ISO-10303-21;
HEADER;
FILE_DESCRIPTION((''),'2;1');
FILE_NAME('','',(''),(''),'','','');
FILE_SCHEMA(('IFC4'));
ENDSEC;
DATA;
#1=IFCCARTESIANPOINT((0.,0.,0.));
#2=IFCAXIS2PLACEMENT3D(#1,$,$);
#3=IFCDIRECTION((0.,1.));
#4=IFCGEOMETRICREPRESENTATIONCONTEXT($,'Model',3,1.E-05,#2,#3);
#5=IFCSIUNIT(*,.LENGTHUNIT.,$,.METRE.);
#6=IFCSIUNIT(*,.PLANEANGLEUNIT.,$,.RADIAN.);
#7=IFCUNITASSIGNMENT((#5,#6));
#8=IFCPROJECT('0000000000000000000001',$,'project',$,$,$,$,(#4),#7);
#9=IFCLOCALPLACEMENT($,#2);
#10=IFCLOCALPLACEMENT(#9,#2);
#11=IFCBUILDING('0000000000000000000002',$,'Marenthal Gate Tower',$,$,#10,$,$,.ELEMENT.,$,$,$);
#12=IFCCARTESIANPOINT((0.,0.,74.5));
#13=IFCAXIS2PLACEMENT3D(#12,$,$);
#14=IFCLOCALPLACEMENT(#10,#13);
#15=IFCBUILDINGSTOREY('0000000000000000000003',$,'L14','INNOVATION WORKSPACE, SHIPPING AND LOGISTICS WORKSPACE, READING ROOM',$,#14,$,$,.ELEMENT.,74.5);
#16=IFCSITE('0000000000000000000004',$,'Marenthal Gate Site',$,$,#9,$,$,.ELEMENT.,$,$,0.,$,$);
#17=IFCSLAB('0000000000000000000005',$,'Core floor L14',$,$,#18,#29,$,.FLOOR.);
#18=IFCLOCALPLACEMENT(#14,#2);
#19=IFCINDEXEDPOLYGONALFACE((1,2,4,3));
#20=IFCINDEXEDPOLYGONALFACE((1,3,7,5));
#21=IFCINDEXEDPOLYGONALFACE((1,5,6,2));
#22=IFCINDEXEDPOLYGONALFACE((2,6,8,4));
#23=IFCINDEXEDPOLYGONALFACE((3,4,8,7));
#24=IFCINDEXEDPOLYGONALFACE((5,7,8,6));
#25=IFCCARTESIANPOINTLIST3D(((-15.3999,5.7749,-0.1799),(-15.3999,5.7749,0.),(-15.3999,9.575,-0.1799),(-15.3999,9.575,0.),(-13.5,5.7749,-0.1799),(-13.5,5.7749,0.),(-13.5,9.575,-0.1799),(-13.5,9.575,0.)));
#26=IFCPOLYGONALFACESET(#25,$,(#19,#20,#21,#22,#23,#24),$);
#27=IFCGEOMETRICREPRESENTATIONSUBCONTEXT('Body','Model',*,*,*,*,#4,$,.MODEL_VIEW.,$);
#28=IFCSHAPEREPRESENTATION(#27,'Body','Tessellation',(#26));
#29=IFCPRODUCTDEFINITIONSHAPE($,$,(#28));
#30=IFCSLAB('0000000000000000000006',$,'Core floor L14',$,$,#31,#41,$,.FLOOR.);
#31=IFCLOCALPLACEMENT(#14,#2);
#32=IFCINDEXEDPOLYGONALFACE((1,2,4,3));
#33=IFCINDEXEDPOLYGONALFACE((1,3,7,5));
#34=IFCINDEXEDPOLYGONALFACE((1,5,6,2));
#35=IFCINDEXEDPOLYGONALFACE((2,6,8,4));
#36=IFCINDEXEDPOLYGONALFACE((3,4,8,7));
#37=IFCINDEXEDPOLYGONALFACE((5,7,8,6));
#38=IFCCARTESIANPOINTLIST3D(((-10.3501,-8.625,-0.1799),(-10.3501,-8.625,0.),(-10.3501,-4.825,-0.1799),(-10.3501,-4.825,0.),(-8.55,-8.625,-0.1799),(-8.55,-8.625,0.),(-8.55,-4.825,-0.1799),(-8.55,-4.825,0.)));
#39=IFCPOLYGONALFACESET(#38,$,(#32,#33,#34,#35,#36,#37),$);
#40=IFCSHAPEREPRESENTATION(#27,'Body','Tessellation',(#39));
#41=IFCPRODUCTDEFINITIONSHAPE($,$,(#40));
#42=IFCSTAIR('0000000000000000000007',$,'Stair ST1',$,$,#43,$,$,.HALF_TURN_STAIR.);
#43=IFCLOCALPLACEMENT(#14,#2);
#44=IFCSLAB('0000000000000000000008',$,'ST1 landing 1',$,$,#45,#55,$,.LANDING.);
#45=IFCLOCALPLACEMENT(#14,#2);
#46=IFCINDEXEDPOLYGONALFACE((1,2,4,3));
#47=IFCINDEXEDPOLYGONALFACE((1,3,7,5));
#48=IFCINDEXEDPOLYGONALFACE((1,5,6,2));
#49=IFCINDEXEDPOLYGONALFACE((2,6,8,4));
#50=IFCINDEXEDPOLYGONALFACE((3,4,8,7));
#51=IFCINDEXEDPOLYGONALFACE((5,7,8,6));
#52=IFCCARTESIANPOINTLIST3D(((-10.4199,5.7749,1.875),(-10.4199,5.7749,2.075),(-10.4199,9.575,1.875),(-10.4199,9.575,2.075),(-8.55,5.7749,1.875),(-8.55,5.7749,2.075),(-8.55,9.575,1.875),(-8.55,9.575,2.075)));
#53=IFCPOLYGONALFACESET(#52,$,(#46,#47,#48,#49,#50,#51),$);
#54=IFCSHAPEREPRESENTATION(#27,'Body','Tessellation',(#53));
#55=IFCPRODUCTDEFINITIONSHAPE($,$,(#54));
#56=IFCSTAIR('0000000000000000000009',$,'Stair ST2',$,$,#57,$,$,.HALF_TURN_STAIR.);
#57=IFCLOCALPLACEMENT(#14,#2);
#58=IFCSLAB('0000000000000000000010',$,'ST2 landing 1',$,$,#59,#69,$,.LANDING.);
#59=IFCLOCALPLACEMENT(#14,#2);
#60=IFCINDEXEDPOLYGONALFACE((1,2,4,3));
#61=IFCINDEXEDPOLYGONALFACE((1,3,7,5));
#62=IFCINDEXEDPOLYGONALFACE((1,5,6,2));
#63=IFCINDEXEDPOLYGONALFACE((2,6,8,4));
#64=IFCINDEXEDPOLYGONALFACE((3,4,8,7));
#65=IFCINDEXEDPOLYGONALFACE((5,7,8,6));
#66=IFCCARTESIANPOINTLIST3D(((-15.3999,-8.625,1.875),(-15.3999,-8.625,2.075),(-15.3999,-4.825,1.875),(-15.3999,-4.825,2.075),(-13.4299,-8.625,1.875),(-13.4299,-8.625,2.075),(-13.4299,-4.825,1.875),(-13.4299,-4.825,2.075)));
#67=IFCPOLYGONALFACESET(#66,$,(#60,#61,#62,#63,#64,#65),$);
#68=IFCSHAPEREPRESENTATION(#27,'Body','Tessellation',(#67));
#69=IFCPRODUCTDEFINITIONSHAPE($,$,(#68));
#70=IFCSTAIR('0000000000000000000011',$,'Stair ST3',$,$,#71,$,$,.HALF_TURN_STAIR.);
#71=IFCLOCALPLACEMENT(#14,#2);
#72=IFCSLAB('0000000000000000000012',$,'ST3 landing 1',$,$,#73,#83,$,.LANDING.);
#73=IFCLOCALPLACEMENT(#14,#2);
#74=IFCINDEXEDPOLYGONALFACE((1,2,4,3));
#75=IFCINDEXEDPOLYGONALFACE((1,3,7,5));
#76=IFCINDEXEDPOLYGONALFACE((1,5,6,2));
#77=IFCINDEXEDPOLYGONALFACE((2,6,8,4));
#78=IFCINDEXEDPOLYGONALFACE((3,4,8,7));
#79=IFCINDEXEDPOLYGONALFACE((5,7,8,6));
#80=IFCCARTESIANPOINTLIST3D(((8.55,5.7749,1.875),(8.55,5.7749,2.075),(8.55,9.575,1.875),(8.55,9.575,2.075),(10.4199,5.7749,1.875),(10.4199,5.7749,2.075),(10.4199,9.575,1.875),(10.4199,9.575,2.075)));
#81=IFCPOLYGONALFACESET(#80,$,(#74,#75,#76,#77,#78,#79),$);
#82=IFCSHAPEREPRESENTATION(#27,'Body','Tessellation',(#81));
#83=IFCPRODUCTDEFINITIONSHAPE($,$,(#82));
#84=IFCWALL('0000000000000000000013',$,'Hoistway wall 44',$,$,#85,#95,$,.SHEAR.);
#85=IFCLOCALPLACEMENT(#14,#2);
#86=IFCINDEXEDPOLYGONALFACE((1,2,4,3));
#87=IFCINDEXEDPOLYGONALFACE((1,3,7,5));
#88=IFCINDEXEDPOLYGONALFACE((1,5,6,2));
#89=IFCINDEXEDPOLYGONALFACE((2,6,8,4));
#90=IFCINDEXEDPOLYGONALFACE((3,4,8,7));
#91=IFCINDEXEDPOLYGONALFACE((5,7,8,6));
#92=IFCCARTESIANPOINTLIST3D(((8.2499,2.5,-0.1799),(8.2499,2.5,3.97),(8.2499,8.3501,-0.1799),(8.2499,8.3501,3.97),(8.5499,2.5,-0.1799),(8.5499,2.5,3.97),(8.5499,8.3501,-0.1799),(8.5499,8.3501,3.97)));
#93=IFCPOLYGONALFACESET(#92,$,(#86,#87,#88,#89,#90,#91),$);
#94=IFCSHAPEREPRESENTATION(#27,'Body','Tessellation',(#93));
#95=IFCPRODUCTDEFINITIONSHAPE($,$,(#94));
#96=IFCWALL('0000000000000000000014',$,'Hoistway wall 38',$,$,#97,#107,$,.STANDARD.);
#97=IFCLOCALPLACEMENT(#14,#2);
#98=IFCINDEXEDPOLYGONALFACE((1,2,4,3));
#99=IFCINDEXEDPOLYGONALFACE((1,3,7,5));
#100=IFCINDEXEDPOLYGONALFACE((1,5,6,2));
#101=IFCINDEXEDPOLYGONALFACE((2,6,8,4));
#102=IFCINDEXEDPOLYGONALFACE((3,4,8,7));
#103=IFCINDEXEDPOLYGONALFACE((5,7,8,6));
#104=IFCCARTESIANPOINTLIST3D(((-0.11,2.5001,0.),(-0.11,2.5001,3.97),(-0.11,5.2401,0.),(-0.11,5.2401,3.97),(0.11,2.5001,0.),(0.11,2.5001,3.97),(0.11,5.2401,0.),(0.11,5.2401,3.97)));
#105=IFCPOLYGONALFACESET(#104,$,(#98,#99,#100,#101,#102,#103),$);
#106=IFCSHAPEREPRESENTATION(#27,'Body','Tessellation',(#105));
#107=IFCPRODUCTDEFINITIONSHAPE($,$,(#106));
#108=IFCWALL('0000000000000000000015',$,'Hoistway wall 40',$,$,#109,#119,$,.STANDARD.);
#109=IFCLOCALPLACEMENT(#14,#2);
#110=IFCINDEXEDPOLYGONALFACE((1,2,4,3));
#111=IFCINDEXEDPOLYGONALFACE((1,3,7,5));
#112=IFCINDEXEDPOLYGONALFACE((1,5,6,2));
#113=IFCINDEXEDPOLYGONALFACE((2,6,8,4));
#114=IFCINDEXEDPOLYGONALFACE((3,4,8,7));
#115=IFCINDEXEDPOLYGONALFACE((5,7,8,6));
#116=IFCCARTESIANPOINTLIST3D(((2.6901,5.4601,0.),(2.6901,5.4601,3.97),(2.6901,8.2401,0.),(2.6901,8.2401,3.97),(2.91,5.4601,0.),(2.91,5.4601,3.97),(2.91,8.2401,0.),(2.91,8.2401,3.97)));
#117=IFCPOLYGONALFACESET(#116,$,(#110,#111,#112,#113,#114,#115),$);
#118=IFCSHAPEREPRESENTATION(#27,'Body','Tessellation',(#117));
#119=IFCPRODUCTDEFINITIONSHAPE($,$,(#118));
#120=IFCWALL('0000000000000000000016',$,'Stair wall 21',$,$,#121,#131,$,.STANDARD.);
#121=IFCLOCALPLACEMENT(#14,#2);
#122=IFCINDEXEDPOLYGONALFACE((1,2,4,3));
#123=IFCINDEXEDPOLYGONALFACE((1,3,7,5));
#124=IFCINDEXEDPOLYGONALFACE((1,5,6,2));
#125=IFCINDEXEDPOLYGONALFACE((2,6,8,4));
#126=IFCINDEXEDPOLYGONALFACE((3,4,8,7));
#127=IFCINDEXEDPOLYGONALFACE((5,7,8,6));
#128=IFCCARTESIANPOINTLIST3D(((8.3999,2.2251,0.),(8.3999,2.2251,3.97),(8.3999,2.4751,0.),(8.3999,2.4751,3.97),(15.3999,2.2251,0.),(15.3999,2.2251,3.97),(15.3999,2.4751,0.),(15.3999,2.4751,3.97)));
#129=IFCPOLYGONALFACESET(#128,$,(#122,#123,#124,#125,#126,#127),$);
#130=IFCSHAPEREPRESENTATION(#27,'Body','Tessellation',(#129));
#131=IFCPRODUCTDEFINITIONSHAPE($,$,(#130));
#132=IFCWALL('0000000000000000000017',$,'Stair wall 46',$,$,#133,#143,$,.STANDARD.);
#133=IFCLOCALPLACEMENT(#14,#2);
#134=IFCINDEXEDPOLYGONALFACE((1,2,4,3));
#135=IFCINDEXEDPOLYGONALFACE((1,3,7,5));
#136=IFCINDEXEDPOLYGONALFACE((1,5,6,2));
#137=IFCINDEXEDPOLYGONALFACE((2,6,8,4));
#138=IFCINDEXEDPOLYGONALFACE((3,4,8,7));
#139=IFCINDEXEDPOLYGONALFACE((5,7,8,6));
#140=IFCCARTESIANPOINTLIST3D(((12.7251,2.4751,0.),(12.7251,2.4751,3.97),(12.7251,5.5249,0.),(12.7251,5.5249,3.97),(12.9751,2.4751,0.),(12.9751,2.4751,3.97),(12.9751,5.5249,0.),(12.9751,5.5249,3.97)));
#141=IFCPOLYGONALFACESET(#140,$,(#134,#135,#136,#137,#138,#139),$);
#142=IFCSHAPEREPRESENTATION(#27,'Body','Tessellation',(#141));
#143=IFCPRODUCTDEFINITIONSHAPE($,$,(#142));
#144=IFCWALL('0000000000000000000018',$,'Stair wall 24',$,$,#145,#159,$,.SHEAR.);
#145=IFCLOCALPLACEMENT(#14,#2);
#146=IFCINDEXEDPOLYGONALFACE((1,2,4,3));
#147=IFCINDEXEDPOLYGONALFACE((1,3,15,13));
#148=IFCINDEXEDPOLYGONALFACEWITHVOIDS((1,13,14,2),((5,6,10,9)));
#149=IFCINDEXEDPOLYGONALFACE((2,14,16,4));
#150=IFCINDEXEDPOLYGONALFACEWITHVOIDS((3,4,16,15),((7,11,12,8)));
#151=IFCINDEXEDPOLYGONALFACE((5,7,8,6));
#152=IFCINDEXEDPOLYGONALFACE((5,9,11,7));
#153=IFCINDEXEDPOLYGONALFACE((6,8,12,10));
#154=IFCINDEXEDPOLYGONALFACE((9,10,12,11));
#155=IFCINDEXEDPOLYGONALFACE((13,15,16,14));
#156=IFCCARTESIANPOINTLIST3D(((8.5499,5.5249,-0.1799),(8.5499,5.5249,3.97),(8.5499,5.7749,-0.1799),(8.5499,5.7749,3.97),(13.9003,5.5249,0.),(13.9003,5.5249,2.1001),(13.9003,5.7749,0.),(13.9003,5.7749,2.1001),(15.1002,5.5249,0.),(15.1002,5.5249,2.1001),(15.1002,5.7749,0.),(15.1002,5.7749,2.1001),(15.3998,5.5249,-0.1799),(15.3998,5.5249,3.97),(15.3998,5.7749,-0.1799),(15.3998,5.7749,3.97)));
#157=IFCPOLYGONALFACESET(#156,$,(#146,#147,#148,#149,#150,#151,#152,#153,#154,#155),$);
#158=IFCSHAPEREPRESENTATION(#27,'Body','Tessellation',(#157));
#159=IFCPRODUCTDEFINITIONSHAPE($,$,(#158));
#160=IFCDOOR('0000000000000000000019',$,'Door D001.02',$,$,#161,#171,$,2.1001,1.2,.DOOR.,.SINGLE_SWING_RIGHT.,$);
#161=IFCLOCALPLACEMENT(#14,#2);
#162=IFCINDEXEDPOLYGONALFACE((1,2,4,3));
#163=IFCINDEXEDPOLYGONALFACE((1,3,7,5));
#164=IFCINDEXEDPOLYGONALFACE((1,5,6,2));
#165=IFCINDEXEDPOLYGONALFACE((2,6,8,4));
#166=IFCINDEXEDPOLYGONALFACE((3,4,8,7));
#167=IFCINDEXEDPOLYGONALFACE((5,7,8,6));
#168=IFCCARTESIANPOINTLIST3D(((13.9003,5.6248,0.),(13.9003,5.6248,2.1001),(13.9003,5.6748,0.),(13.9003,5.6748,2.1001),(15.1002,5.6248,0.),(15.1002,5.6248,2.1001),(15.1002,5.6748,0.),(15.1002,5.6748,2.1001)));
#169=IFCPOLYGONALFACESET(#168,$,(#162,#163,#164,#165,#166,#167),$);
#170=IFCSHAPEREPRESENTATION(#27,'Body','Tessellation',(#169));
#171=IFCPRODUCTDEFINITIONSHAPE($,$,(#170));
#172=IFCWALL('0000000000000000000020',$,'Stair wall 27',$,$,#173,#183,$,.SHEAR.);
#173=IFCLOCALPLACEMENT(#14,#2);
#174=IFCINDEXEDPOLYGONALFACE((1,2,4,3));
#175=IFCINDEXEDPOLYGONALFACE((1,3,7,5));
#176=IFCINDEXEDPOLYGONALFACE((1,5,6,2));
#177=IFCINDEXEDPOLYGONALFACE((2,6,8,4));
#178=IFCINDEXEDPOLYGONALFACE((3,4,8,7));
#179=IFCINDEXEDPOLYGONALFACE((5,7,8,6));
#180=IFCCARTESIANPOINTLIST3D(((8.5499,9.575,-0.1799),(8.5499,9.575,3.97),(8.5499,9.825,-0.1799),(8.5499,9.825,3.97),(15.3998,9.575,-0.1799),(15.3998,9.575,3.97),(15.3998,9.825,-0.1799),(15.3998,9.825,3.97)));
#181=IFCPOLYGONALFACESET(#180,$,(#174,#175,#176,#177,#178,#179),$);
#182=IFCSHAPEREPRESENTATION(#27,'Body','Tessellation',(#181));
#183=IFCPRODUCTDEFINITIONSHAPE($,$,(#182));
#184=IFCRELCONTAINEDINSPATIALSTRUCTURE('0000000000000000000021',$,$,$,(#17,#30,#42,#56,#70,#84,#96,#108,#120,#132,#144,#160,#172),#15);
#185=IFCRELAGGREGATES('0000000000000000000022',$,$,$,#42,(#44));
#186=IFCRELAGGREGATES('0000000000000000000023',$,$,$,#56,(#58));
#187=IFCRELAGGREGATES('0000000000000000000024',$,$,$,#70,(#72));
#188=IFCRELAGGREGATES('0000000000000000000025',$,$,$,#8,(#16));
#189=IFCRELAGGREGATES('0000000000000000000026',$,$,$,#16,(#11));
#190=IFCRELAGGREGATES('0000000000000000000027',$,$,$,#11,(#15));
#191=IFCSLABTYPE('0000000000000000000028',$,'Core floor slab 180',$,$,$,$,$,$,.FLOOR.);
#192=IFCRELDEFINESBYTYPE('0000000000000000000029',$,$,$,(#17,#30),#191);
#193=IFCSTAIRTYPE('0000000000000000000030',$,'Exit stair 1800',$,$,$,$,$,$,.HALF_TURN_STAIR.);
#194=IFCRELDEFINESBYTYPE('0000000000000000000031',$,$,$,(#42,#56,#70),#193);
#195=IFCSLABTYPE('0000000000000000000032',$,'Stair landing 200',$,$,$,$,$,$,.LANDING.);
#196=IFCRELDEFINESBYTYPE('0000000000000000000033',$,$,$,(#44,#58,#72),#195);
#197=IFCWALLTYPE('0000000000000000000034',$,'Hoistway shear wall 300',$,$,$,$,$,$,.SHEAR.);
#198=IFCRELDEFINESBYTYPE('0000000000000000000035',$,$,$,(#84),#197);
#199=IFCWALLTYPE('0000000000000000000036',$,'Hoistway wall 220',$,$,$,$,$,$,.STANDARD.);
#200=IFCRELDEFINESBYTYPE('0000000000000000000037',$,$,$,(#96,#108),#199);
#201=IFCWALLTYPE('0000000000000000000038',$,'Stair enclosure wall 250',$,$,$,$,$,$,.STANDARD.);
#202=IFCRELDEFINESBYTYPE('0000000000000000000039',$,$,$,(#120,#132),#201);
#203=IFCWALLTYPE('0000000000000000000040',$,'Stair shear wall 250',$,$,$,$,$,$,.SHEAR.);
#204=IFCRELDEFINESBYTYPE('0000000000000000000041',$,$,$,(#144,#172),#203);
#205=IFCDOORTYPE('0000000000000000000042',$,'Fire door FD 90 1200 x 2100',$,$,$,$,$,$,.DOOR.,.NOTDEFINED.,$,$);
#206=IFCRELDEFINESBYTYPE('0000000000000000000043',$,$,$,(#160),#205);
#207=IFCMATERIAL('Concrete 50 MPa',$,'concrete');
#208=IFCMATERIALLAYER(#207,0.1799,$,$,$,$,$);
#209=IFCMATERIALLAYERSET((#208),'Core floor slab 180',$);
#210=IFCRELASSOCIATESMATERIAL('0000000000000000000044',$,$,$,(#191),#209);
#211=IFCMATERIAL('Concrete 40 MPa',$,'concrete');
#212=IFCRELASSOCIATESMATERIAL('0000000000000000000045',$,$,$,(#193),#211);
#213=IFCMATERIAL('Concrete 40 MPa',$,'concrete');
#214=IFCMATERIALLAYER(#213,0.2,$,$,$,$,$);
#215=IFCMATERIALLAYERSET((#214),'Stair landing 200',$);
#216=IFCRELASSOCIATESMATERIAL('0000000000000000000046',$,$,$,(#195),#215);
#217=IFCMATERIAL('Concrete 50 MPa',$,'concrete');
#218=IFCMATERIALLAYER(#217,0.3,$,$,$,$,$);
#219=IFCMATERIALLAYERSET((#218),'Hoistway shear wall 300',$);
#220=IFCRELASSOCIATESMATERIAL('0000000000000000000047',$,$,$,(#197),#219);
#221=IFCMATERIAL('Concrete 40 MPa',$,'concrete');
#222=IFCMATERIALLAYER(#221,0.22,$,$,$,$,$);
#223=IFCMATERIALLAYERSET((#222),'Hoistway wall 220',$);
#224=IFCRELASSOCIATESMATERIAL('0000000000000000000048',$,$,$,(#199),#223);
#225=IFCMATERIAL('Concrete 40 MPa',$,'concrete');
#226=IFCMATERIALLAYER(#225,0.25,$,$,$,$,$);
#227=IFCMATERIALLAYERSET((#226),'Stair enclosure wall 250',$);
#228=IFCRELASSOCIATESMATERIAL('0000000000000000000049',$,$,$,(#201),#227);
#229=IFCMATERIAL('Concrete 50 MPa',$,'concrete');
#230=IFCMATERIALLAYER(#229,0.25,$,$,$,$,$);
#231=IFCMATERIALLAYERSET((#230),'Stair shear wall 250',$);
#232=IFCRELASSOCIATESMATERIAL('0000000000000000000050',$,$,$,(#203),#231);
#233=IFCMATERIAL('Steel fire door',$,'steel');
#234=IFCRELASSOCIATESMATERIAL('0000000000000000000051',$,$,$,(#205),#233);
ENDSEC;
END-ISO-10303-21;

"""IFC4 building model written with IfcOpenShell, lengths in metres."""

from ifc_helpers import new_model, si_unit, direction, frame, frame_2d, origin, place, context, subcontext, project, spatial, polyline, rectangle, outline, extrude, material, layer, layer_set, type_object, element, fill, aggregate, save


model = new_model("IFC4")

# Units and contexts
model_context = context("Model", 3, precision=1e-05, world=origin(), true_north=direction((0.0, 1.0)))
body_context = subcontext(model_context, "Body", "Model", "MODEL_VIEW")
ifc_project = project(units=[si_unit("LENGTHUNIT", "METRE"), si_unit("PLANEANGLEUNIT", "RADIAN")], contexts=[model_context])

# Site, building, storey
site_placement = place(None, origin())
site = spatial("IfcSite", under=ifc_project, at=site_placement, Name="Marenthal Gate Site", CompositionType="ELEMENT", RefElevation=0.0)
building_placement = place(site_placement, origin())
building = spatial("IfcBuilding", under=site, at=building_placement, Name="Marenthal Gate Tower", CompositionType="ELEMENT")
storey_placement = place(building_placement, frame((0.0, 0.0, 74.5)))
storey = spatial("IfcBuildingStorey", under=building, at=storey_placement, Name="L14", Description="INNOVATION WORKSPACE, SHIPPING AND LOGISTICS WORKSPACE, READING ROOM", CompositionType="ELEMENT", Elevation=74.5)

# Slabs
ifc_material_1 = material(Name="Concrete 50 MPa", Category="concrete")
ifc_layer_1 = layer(ifc_material_1, 0.1799)
ifc_layer_set_1 = layer_set([ifc_layer_1], Name="Core floor slab 180")
slab_type_1 = type_object("IfcSlabType", Name="Core floor slab 180", PredefinedType="FLOOR", material=ifc_layer_set_1)
slab_1_placement = place(storey_placement, frame((0.0, 0.0, -0.1799)))
element("IfcSlab", 1, at=slab_1_placement, inside=storey, type_object=slab_type_1, Name="Core floor L14", PredefinedType="FLOOR", context=body_context, shape_type="SweptSolid", body=[
    extrude(outline(polyline([(-15.3999, 9.575), (-13.5, 9.575), (-13.5, 5.7749), (-15.3999, 5.7749), (-15.3999, 9.575)])), origin(), (0.0, 0.0, 1.0), 0.1799),
])
slab_2_placement = place(storey_placement, frame((0.0, 0.0, -0.1799)))
element("IfcSlab", 2, at=slab_2_placement, inside=storey, type_object=slab_type_1, Name="Core floor L14", PredefinedType="FLOOR", context=body_context, shape_type="SweptSolid", body=[
    extrude(outline(polyline([(-8.55, -8.625), (-10.3501, -8.625), (-10.3501, -4.825), (-8.55, -4.825), (-8.55, -8.625)])), origin(), (0.0, 0.0, 1.0), 0.1799),
])

# Stairs, slabs
ifc_material_2 = material(Name="Concrete 40 MPa", Category="concrete")
stair_type = type_object("IfcStairType", Name="Exit stair 1800", PredefinedType="HALF_TURN_STAIR", material=ifc_material_2)
stair_1_placement = place(storey_placement, origin())
stair_1 = element("IfcStair", 3, at=stair_1_placement, inside=storey, type_object=stair_type, Name="Stair ST1", PredefinedType="HALF_TURN_STAIR")
ifc_material_3 = material(Name="Concrete 40 MPa", Category="concrete")
ifc_layer_2 = layer(ifc_material_3, 0.2)
ifc_layer_set_2 = layer_set([ifc_layer_2], Name="Stair landing 200")
slab_type_2 = type_object("IfcSlabType", Name="Stair landing 200", PredefinedType="LANDING", material=ifc_layer_set_2)
slab_3_placement = place(storey_placement, frame((0.0, 0.0, 1.875)))
slab_3 = element("IfcSlab", 4, at=slab_3_placement, type_object=slab_type_2, Name="ST1 landing 1", PredefinedType="LANDING", context=body_context, shape_type="SweptSolid", body=[
    extrude(outline(polyline([(-10.4199, 5.7749), (-8.55, 5.7749), (-8.55, 9.575), (-10.4199, 9.575), (-10.4199, 5.7749)])), origin(), (0.0, 0.0, 1.0), 0.2),
])
aggregate(stair_1, [slab_3])
stair_2_placement = place(storey_placement, origin())
stair_2 = element("IfcStair", 5, at=stair_2_placement, inside=storey, type_object=stair_type, Name="Stair ST2", PredefinedType="HALF_TURN_STAIR")
slab_4_placement = place(storey_placement, frame((0.0, 0.0, 1.875)))
slab_4 = element("IfcSlab", 6, at=slab_4_placement, type_object=slab_type_2, Name="ST2 landing 1", PredefinedType="LANDING", context=body_context, shape_type="SweptSolid", body=[
    extrude(outline(polyline([(-15.3999, -8.625), (-13.4299, -8.625), (-13.4299, -4.825), (-15.3999, -4.825), (-15.3999, -8.625)])), origin(), (0.0, 0.0, 1.0), 0.2),
])
aggregate(stair_2, [slab_4])
stair_3_placement = place(storey_placement, origin())
stair_3 = element("IfcStair", 7, at=stair_3_placement, inside=storey, type_object=stair_type, Name="Stair ST3", PredefinedType="HALF_TURN_STAIR")
slab_5_placement = place(storey_placement, frame((0.0, 0.0, 1.875)))
slab_5 = element("IfcSlab", 8, at=slab_5_placement, type_object=slab_type_2, Name="ST3 landing 1", PredefinedType="LANDING", context=body_context, shape_type="SweptSolid", body=[
    extrude(outline(polyline([(8.55, 5.7749), (10.4199, 5.7749), (10.4199, 9.575), (8.55, 9.575), (8.55, 5.7749)])), origin(), (0.0, 0.0, 1.0), 0.2),
])

# Walls
ifc_material_4 = material(Name="Concrete 50 MPa", Category="concrete")
ifc_layer_3 = layer(ifc_material_4, 0.3)
ifc_layer_set_3 = layer_set([ifc_layer_3], Name="Hoistway shear wall 300")
wall_type_1 = type_object("IfcWallType", Name="Hoistway shear wall 300", PredefinedType="SHEAR", material=ifc_layer_set_3)
wall_1_placement = place(storey_placement, frame((8.3999, 2.5, -0.1799), z_axis=(0.0, 0.0, 1.0), x_axis=(0.0, 1.0, 0.0)))
element("IfcWall", 9, at=wall_1_placement, inside=storey, type_object=wall_type_1, Name="Hoistway wall 44", PredefinedType="SHEAR", context=body_context, shape_type="SweptSolid", body=[
    extrude(rectangle(XDim=5.8501, YDim=0.3, at=frame_2d((2.925, 0.0))), origin(), (0.0, 0.0, 1.0), 4.1499),
])
ifc_material_5 = material(Name="Concrete 40 MPa", Category="concrete")
ifc_layer_4 = layer(ifc_material_5, 0.22)
ifc_layer_set_4 = layer_set([ifc_layer_4], Name="Hoistway wall 220")
wall_type_2 = type_object("IfcWallType", Name="Hoistway wall 220", PredefinedType="STANDARD", material=ifc_layer_set_4)
wall_2_placement = place(storey_placement, frame((0.0, 2.5, 0.0), z_axis=(0.0, 0.0, 1.0), x_axis=(0.0, 1.0, 0.0)))
element("IfcWall", 10, at=wall_2_placement, inside=storey, type_object=wall_type_2, Name="Hoistway wall 38", PredefinedType="STANDARD", context=body_context, shape_type="SweptSolid", body=[
    extrude(rectangle(XDim=2.74, YDim=0.22, at=frame_2d((1.3701, 0.0))), origin(), (0.0, 0.0, 1.0), 3.97),
])
wall_3_placement = place(storey_placement, frame((2.8, 5.46, 0.0), z_axis=(0.0, 0.0, 1.0), x_axis=(0.0, 1.0, 0.0)))
element("IfcWall", 11, at=wall_3_placement, inside=storey, type_object=wall_type_2, Name="Hoistway wall 40", PredefinedType="STANDARD", context=body_context, shape_type="SweptSolid", body=[
    extrude(rectangle(XDim=2.78, YDim=0.22, at=frame_2d((1.3901, 0.0))), origin(), (0.0, 0.0, 1.0), 3.97),
])
ifc_material_6 = material(Name="Concrete 40 MPa", Category="concrete")
ifc_layer_5 = layer(ifc_material_6, 0.25)
ifc_layer_set_5 = layer_set([ifc_layer_5], Name="Stair enclosure wall 250")
wall_type_3 = type_object("IfcWallType", Name="Stair enclosure wall 250", PredefinedType="STANDARD", material=ifc_layer_set_5)
wall_4_placement = place(storey_placement, frame((8.3999, 2.3501, 0.0), z_axis=(0.0, 0.0, 1.0), x_axis=(1.0, 0.0, 0.0)))
element("IfcWall", 12, at=wall_4_placement, inside=storey, type_object=wall_type_3, Name="Stair wall 21", PredefinedType="STANDARD", context=body_context, shape_type="SweptSolid", body=[
    extrude(rectangle(XDim=7.0, YDim=0.25, at=frame_2d((3.5, 0.0))), origin(), (0.0, 0.0, 1.0), 3.97),
])
wall_5_placement = place(storey_placement, frame((12.8501, 2.4751, 0.0), z_axis=(0.0, 0.0, 1.0), x_axis=(0.0, 1.0, 0.0)))
element("IfcWall", 13, at=wall_5_placement, inside=storey, type_object=wall_type_3, Name="Stair wall 46", PredefinedType="STANDARD", context=body_context, shape_type="SweptSolid", body=[
    extrude(rectangle(XDim=3.0498, YDim=0.25, at=frame_2d((1.5249, 0.0))), origin(), (0.0, 0.0, 1.0), 3.97),
])

# Wall, opening, door
ifc_material_7 = material(Name="Concrete 50 MPa", Category="concrete")
ifc_layer_6 = layer(ifc_material_7, 0.25)
ifc_layer_set_6 = layer_set([ifc_layer_6], Name="Stair shear wall 250")
wall_type_4 = type_object("IfcWallType", Name="Stair shear wall 250", PredefinedType="SHEAR", material=ifc_layer_set_6)
wall_6_placement = place(storey_placement, frame((8.55, 5.6499, -0.1799), z_axis=(0.0, 0.0, 1.0), x_axis=(1.0, 0.0, 0.0)))
wall_6 = element("IfcWall", 14, at=wall_6_placement, inside=storey, type_object=wall_type_4, Name="Stair wall 24", PredefinedType="SHEAR", context=body_context, shape_type="SweptSolid", body=[
    extrude(rectangle(XDim=6.8499, YDim=0.25, at=frame_2d((3.4248, 0.0))), origin(), (0.0, 0.0, 1.0), 4.1499),
])
opening_placement = place(wall_6_placement, frame((5.3501, 0.0, 0.1799)))
opening = element("IfcOpeningElement", 15, at=opening_placement, cuts=wall_6, PredefinedType="OPENING", context=body_context, shape_type="SweptSolid", body=[
    extrude(rectangle(XDim=1.2, YDim=2.1001, at=frame_2d((0.6001, 1.05))), frame((0.0, 0.135, 0.0), z_axis=(0.0, -1.0, 0.0), x_axis=(1.0, 0.0, 0.0)), (0.0, 0.0, 1.0), 0.27),
])
ifc_material_8 = material(Name="Steel fire door", Category="steel")
door_type = type_object("IfcDoorType", Name="Fire door FD 90 1200 x 2100", OperationType="NOTDEFINED", PredefinedType="DOOR", material=ifc_material_8)
door_placement = place(opening_placement, origin())
door = element("IfcDoor", 16, at=door_placement, inside=storey, type_object=door_type, Name="Door D001.02", OperationType="SINGLE_SWING_RIGHT", OverallHeight=2.1001, OverallWidth=1.2, PredefinedType="DOOR", context=body_context, shape_type="SweptSolid", body=[
    extrude(rectangle(XDim=1.2, YDim=2.1001, at=frame_2d((0.6001, 1.05))), frame((0.0, 0.0249, 0.0), z_axis=(0.0, -1.0, 0.0), x_axis=(1.0, 0.0, 0.0)), (0.0, 0.0, 1.0), 0.05),
])
fill(opening, door)

# Wall
wall_7_placement = place(storey_placement, frame((8.55, 9.7, -0.1799), z_axis=(0.0, 0.0, 1.0), x_axis=(1.0, 0.0, 0.0)))
element("IfcWall", 17, at=wall_7_placement, inside=storey, type_object=wall_type_4, Name="Stair wall 27", PredefinedType="SHEAR", context=body_context, shape_type="SweptSolid", body=[
    extrude(rectangle(XDim=6.8499, YDim=0.25, at=frame_2d((3.4248, 0.0))), origin(), (0.0, 0.0, 1.0), 4.1499),
])

aggregate(stair_3, [slab_5])

save(model, "model.ifc")
